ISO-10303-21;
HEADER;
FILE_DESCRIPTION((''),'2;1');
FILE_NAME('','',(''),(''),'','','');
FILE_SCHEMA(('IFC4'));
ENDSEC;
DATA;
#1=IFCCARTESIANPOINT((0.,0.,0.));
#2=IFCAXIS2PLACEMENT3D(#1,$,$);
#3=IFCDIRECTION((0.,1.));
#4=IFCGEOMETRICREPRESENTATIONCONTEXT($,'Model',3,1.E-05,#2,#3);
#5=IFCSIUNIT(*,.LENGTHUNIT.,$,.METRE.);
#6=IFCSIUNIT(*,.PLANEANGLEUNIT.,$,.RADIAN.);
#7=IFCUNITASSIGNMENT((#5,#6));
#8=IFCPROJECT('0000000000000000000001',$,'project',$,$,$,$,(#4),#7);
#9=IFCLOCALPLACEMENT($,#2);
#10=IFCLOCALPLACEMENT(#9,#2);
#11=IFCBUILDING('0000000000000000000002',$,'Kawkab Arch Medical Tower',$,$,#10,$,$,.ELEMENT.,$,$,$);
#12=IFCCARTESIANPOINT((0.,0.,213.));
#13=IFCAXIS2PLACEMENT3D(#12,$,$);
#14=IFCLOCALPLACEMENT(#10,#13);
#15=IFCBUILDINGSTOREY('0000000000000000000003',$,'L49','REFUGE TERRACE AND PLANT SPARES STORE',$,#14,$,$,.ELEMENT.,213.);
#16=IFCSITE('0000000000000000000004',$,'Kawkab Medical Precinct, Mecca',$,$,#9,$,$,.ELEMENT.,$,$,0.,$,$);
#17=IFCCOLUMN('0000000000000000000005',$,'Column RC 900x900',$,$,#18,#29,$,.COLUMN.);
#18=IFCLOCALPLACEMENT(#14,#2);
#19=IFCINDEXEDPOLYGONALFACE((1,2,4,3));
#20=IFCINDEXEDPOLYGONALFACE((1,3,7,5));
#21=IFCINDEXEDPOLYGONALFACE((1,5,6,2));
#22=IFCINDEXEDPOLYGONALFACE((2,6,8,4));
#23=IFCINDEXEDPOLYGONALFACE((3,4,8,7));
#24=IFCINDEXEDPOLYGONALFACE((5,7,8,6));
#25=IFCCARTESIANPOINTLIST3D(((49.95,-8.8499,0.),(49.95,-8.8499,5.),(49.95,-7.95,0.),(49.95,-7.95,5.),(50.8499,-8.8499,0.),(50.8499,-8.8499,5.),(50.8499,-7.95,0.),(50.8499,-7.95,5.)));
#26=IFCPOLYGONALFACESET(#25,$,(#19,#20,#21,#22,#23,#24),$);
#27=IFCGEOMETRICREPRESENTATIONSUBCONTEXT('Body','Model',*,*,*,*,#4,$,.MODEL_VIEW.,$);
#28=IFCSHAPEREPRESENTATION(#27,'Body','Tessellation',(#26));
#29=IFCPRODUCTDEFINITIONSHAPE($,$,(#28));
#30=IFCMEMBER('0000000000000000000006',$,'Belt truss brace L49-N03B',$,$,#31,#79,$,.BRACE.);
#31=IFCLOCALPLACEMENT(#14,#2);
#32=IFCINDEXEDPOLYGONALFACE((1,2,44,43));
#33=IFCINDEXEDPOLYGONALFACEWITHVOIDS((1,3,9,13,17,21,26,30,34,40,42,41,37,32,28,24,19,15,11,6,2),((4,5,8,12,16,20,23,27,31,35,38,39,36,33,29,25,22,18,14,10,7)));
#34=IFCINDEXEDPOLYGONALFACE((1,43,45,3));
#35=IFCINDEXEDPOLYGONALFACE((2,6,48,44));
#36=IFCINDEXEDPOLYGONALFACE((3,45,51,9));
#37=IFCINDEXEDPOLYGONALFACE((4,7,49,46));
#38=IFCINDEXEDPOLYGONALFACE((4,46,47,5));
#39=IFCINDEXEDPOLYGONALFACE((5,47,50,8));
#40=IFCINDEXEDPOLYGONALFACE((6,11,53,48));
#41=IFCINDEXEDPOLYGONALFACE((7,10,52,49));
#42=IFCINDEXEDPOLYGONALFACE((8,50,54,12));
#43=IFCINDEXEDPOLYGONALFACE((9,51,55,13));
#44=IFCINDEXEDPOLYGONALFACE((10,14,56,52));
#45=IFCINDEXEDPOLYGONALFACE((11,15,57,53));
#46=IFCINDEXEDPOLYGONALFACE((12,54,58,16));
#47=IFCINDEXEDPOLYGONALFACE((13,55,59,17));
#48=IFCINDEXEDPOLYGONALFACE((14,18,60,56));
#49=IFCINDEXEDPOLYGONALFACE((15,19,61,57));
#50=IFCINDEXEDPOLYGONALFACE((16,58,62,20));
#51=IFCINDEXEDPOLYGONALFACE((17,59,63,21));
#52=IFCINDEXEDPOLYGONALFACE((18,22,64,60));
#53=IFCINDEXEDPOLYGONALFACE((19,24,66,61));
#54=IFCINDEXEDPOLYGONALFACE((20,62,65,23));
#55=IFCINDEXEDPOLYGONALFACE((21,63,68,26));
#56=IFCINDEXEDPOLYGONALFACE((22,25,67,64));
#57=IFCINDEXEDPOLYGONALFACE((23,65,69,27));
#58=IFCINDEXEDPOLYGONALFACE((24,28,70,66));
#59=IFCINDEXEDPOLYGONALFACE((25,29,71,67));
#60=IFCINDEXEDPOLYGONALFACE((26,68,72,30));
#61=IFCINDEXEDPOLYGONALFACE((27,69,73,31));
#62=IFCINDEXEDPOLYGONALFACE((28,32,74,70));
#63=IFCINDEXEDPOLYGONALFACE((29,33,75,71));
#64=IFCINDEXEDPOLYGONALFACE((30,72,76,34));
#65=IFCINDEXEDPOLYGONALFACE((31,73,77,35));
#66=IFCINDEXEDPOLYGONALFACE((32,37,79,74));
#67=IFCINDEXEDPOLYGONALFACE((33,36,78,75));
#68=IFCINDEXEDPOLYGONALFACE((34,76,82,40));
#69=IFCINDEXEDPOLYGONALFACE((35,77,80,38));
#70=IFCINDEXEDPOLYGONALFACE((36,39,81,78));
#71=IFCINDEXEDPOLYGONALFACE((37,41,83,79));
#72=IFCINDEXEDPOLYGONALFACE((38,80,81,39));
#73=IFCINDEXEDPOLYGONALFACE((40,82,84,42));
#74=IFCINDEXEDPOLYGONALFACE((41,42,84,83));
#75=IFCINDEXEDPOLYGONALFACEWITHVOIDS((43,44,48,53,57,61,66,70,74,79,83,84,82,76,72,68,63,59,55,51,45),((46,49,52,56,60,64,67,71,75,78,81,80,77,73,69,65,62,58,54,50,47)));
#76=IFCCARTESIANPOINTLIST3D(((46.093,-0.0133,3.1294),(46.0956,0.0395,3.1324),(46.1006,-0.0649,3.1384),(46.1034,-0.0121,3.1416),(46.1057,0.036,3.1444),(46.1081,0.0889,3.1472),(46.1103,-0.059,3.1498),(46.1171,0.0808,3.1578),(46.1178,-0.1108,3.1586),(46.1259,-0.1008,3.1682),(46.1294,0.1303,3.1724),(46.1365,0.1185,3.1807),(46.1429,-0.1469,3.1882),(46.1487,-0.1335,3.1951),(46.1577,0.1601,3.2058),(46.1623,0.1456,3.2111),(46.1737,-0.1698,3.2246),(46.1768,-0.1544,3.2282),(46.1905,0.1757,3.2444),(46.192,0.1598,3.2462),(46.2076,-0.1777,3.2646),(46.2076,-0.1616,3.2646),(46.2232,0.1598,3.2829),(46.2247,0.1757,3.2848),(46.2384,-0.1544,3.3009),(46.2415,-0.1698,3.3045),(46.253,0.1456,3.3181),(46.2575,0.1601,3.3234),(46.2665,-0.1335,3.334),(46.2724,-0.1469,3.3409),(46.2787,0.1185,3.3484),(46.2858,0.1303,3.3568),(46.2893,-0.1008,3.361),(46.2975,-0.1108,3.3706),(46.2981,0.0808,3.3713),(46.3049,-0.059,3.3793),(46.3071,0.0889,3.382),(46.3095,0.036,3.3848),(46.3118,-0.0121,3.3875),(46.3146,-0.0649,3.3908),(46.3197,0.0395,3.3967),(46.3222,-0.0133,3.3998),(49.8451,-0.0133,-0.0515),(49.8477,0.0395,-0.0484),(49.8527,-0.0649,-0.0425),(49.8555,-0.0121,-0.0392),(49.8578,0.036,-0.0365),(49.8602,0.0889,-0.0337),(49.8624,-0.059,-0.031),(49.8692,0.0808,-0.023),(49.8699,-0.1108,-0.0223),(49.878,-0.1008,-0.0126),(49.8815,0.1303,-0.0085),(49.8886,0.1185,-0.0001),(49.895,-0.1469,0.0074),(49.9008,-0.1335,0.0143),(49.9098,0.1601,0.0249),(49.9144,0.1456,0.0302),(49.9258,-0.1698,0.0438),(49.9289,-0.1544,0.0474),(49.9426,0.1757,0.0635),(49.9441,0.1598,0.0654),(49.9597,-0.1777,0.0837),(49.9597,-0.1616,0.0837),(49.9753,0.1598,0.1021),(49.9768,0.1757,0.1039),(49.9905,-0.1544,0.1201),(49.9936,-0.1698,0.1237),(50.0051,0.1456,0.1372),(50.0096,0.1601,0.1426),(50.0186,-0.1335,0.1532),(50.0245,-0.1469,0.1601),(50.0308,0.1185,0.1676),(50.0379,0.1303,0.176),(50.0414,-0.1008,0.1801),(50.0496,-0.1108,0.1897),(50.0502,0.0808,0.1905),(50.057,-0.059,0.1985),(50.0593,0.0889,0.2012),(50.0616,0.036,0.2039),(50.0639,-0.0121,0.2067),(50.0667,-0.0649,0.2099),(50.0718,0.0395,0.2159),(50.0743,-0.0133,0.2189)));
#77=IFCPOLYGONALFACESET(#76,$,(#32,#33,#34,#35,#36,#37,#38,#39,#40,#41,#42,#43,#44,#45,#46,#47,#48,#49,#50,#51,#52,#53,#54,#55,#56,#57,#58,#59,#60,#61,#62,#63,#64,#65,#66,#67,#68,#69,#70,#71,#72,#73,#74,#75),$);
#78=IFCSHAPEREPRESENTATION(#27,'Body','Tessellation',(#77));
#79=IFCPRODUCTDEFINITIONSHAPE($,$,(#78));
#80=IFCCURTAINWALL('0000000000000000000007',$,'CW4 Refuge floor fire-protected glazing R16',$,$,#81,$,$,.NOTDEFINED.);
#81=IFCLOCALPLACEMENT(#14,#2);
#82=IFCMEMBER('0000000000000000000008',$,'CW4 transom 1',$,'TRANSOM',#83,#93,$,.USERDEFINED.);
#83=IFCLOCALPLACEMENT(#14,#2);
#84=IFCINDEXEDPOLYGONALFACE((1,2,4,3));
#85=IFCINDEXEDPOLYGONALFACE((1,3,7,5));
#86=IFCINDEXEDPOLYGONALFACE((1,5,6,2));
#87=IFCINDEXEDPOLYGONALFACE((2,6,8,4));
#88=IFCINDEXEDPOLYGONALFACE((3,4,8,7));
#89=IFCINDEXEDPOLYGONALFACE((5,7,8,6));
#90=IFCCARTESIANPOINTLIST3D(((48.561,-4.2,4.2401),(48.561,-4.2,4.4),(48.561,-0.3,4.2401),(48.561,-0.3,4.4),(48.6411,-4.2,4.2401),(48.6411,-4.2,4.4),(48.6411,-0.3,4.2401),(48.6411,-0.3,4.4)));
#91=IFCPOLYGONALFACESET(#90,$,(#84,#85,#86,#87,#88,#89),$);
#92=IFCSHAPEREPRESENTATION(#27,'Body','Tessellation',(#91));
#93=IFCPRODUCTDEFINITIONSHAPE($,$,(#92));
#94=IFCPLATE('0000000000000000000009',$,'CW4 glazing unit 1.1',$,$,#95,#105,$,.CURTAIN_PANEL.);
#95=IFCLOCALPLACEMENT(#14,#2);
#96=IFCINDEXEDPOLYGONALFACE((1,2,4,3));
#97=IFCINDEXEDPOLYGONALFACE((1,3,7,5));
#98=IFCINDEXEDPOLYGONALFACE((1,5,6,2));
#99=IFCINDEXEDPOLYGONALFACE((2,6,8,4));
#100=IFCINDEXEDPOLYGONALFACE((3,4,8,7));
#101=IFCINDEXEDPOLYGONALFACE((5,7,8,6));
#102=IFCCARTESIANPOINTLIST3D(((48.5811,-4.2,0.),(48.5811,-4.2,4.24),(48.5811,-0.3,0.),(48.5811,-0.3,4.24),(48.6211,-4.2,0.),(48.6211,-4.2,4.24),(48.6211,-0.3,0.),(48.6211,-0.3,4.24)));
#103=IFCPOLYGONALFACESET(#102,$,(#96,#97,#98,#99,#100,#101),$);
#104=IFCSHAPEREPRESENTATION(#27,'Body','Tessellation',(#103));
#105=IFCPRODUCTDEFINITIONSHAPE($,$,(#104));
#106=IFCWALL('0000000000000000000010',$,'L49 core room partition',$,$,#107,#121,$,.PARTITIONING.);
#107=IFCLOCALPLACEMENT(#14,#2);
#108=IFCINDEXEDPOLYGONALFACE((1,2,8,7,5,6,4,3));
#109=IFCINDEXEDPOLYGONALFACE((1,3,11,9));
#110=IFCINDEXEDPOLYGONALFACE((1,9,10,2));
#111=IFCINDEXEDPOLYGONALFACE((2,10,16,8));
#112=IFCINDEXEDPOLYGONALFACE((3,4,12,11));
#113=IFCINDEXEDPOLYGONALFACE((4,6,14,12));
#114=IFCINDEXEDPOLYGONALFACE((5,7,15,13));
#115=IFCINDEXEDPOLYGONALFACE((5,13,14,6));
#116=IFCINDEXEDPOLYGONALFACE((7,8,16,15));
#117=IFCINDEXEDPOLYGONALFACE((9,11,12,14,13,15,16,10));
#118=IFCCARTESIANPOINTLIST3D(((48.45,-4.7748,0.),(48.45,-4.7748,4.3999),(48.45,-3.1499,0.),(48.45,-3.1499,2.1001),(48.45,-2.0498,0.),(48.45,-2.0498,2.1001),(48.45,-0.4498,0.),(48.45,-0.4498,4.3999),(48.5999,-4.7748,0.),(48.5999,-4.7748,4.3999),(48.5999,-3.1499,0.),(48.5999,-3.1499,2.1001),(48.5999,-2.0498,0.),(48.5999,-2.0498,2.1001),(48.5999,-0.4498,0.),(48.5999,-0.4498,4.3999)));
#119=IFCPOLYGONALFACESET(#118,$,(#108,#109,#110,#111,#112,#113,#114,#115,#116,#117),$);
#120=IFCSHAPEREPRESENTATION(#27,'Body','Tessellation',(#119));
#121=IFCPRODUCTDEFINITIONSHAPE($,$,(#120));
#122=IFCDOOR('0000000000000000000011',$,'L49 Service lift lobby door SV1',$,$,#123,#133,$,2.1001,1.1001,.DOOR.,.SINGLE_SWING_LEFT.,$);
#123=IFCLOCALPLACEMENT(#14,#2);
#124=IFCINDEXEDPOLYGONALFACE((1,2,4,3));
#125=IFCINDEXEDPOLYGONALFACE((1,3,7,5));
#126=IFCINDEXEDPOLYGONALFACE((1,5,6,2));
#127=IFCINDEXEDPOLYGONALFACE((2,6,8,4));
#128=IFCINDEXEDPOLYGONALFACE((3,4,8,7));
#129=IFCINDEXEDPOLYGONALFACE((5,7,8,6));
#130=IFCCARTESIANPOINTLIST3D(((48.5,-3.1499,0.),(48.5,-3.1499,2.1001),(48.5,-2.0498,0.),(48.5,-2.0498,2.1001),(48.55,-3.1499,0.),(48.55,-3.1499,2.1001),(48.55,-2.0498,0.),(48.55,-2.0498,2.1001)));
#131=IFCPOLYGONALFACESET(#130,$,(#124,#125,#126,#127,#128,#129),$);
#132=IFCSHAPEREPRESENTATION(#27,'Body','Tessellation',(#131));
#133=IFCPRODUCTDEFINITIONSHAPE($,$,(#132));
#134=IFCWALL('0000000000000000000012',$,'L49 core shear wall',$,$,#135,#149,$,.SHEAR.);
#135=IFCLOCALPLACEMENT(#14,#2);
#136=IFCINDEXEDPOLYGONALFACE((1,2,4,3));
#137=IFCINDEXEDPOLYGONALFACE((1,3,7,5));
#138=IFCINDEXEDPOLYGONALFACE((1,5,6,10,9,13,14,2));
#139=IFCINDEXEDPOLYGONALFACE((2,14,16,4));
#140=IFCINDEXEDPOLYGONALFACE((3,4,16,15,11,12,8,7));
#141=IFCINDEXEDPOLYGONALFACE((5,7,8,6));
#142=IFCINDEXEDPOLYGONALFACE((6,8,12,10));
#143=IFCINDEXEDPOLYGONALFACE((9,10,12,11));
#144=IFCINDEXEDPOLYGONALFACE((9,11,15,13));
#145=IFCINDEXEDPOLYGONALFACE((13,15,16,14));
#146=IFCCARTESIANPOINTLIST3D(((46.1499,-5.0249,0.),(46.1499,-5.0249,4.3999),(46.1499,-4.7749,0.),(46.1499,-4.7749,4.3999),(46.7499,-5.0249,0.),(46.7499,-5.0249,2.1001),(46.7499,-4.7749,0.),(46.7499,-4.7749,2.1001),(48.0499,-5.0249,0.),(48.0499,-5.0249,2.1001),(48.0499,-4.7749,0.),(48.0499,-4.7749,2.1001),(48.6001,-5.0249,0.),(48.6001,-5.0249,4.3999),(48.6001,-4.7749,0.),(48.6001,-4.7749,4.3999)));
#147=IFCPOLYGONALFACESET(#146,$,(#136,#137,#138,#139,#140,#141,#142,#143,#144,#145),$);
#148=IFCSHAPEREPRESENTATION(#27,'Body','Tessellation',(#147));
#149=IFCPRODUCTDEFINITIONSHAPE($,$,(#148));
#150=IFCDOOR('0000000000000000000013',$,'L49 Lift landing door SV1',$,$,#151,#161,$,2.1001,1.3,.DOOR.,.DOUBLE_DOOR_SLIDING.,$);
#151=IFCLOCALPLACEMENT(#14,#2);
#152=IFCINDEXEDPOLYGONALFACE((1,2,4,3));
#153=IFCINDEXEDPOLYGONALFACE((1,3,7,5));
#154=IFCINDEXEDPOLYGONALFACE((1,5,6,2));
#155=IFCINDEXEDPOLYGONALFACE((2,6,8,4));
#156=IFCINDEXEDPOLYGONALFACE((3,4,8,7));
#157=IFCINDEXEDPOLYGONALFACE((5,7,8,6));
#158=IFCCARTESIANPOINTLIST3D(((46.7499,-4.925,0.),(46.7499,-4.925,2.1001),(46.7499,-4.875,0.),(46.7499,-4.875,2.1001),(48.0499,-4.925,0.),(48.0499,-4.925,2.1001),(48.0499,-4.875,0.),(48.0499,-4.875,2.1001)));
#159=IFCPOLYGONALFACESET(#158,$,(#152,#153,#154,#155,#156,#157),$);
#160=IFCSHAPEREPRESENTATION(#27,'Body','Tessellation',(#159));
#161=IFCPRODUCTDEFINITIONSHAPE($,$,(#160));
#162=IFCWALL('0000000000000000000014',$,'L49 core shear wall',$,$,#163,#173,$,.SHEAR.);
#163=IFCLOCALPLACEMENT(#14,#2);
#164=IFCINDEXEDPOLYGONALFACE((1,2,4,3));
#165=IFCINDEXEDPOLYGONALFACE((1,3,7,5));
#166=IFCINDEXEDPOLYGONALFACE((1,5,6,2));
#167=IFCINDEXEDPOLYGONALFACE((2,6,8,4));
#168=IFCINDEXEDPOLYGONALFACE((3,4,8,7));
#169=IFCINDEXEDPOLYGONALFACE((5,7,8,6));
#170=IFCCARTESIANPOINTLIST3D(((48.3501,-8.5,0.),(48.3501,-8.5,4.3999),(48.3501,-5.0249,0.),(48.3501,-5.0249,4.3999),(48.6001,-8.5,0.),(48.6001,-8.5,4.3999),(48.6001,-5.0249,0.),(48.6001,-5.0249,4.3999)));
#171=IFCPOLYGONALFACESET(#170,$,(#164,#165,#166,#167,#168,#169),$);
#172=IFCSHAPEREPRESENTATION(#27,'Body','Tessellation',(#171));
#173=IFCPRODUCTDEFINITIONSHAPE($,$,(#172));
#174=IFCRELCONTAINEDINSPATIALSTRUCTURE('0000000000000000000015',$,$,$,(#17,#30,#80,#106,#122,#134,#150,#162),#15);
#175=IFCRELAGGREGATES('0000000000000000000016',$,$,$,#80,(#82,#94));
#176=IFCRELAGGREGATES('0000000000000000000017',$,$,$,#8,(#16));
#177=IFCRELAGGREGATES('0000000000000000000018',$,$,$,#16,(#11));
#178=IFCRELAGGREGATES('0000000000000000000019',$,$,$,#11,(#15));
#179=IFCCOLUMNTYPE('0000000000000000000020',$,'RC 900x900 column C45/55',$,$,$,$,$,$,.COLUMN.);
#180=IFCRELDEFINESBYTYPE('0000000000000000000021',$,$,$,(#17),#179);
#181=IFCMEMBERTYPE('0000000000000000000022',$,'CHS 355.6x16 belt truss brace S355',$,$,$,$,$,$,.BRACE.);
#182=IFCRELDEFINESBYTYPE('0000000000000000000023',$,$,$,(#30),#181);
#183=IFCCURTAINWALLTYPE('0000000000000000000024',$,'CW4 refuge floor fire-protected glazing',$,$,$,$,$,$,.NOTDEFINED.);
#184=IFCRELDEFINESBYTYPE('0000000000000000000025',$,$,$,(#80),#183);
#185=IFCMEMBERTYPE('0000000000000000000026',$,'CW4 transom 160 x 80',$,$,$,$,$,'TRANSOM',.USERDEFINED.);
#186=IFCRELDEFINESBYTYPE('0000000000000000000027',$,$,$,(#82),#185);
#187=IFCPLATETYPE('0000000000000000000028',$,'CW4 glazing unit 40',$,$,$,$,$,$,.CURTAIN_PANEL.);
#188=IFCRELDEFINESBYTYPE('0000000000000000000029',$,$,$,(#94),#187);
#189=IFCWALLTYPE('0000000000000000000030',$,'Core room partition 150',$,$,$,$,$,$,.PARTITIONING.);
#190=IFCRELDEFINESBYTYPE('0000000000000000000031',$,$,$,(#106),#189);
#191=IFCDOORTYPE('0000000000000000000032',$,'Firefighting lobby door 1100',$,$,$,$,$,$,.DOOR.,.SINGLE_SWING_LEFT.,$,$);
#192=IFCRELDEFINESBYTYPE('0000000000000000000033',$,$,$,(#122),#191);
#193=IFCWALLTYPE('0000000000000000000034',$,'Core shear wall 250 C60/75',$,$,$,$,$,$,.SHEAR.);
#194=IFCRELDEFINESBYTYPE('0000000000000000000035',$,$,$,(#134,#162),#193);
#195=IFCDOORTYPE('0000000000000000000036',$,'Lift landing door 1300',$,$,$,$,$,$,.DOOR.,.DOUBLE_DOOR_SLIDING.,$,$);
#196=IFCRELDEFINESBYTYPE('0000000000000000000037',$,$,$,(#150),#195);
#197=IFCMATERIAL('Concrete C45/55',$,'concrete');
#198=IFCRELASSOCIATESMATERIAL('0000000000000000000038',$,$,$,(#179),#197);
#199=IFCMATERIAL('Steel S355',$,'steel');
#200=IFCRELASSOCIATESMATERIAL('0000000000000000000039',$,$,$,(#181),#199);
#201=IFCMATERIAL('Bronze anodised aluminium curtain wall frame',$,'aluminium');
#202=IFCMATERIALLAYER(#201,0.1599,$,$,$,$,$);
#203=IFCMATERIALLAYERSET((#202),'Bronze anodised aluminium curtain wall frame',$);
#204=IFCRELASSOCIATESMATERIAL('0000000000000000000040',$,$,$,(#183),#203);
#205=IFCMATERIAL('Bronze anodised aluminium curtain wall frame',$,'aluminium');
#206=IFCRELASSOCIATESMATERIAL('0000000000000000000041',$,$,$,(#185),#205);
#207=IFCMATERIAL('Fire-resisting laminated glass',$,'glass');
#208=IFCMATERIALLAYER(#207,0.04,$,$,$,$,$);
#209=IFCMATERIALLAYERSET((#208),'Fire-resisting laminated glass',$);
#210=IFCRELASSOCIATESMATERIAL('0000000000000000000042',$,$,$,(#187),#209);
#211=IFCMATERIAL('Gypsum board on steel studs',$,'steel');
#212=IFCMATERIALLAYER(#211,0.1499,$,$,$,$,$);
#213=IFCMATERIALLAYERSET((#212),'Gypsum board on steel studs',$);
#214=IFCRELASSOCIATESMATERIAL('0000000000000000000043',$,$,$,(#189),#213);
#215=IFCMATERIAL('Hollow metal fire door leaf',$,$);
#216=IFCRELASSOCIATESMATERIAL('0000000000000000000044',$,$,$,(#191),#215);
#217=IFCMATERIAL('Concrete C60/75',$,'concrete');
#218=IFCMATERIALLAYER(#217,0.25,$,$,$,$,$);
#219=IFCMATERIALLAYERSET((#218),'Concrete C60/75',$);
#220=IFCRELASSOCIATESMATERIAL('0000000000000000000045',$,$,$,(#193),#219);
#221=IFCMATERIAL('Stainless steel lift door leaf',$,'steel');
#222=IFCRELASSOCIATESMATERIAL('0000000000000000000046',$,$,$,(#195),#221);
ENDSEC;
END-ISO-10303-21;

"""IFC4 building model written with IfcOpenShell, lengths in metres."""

from ifc_helpers import new_model, si_unit, direction, frame, frame_2d, origin, origin_2d, place, context, subcontext, project, spatial, rectangle, hollow_circle, extrude, material, layer, layer_set, material_profile, profile_set, type_object, element, fill, aggregate, save


model = new_model("IFC4")

# Units and contexts
model_context = context("Model", 3, precision=1e-05, world=origin(), true_north=direction((0.0, 1.0)))
body_context = subcontext(model_context, "Body", "Model", "MODEL_VIEW")
ifc_project = project(units=[si_unit("LENGTHUNIT", "METRE"), si_unit("PLANEANGLEUNIT", "RADIAN")], contexts=[model_context])

# Site, building, storey
site_placement = place(None, origin())
site = spatial("IfcSite", under=ifc_project, at=site_placement, Name="Kawkab Medical Precinct, Mecca", CompositionType="ELEMENT", RefElevation=0.0)
building_placement = place(site_placement, origin())
building = spatial("IfcBuilding", under=site, at=building_placement, Name="Kawkab Arch Medical Tower", CompositionType="ELEMENT")
storey_placement = place(building_placement, frame((0.0, 0.0, 213.0)))
storey = spatial("IfcBuildingStorey", under=building, at=storey_placement, Name="L49", Description="REFUGE TERRACE AND PLANT SPARES STORE", CompositionType="ELEMENT", Elevation=213.0)

# Column
ifc_material_1 = material(Name="Concrete C45/55", Category="concrete")
ifc_material_profile_1 = material_profile(ifc_material_1, rectangle(XDim=0.8999, YDim=0.8999, at=origin_2d()), Name="RC 900x900")
ifc_profile_set_1 = profile_set([ifc_material_profile_1], Name="Concrete C45/55")
column_type = type_object("IfcColumnType", Name="RC 900x900 column C45/55", PredefinedType="COLUMN", material=ifc_profile_set_1)
column_placement = place(storey_placement, frame((50.3999, -8.3999, 0.0), z_axis=(0.0, 0.0, 1.0), x_axis=(1.0, 0.0, 0.0)))
element("IfcColumn", 1, at=column_placement, inside=storey, type_object=column_type, Name="Column RC 900x900", PredefinedType="COLUMN", context=body_context, shape_type="SweptSolid", body=[
    extrude(rectangle(XDim=0.8999, YDim=0.8999, at=origin_2d()), origin(), (0.0, 0.0, 1.0), 5.0),
])

# Member
ifc_material_2 = material(Name="Steel S355", Category="steel")
ifc_material_profile_2 = material_profile(ifc_material_2, hollow_circle(Radius=0.1777, WallThickness=0.0161, at=origin_2d()), Name="CHS 355.6x16")
ifc_profile_set_2 = profile_set([ifc_material_profile_2], Name="Steel S355")
member_type_1 = type_object("IfcMemberType", Name="CHS 355.6x16 belt truss brace S355", PredefinedType="BRACE", material=ifc_profile_set_2)
member_1_placement = place(storey_placement, frame((49.9597, 0.0, 0.0837), z_axis=(-0.762787, 0.0, 0.646649), x_axis=(0.0, -1.0, 0.0)))
element("IfcMember", 2, at=member_1_placement, inside=storey, type_object=member_type_1, Name="Belt truss brace L49-N03B", PredefinedType="BRACE", context=body_context, shape_type="SweptSolid", body=[
    extrude(hollow_circle(Radius=0.1777, WallThickness=0.0161, at=origin_2d()), origin(), (0.0, 0.0, 1.0), 4.9189),
])

# Curtain wall, member, plate
ifc_material_3 = material(Name="Bronze anodised aluminium curtain wall frame", Category="aluminium")
ifc_layer_1 = layer(ifc_material_3, 0.1599)
ifc_layer_set_1 = layer_set([ifc_layer_1], Name="Bronze anodised aluminium curtain wall frame")
curtain_wall_type = type_object("IfcCurtainWallType", Name="CW4 refuge floor fire-protected glazing", PredefinedType="NOTDEFINED", material=ifc_layer_set_1)
placement = place(storey_placement, origin())
curtain_wall = element("IfcCurtainWall", 3, at=placement, inside=storey, type_object=curtain_wall_type, Name="CW4 Refuge floor fire-protected glazing R16", PredefinedType="NOTDEFINED")
ifc_material_4 = material(Name="Bronze anodised aluminium curtain wall frame", Category="aluminium")
ifc_material_profile_3 = material_profile(ifc_material_4, rectangle(XDim=0.0801, YDim=0.1599, at=origin_2d()), Name="AL 80x160")
ifc_profile_set_3 = profile_set([ifc_material_profile_3], Name="Bronze anodised aluminium curtain wall frame")
member_type_2 = type_object("IfcMemberType", Name="CW4 transom 160 x 80", ElementType="TRANSOM", PredefinedType="USERDEFINED", material=ifc_profile_set_3)
member_2_placement = place(storey_placement, frame((48.6011, -4.2, 4.3201), z_axis=(0.0, 1.0, 0.0), x_axis=(-1.0, 0.0, 0.0)))
member_2 = element("IfcMember", 4, at=member_2_placement, type_object=member_type_2, Name="CW4 transom 1", ObjectType="TRANSOM", PredefinedType="USERDEFINED", context=body_context, shape_type="SweptSolid", body=[
    extrude(rectangle(XDim=0.0801, YDim=0.1599, at=origin_2d()), origin(), (0.0, 0.0, 1.0), 3.8999),
])
ifc_material_5 = material(Name="Fire-resisting laminated glass", Category="glass")
ifc_layer_2 = layer(ifc_material_5, 0.04)
ifc_layer_set_2 = layer_set([ifc_layer_2], Name="Fire-resisting laminated glass")
plate_type = type_object("IfcPlateType", Name="CW4 glazing unit 40", PredefinedType="CURTAIN_PANEL", material=ifc_layer_set_2)
plate_placement = place(storey_placement, frame((48.6011, -2.25, 0.0), z_axis=(0.0, 0.0, 1.0), x_axis=(0.0, 1.0, 0.0)))
plate = element("IfcPlate", 5, at=plate_placement, type_object=plate_type, Name="CW4 glazing unit 1.1", PredefinedType="CURTAIN_PANEL", context=body_context, shape_type="SweptSolid", body=[
    extrude(rectangle(XDim=3.8999, YDim=0.04, at=origin_2d()), origin(), (0.0, 0.0, 1.0), 4.24),
])
aggregate(curtain_wall, [member_2, plate])

# Walls, openings, doors
ifc_material_6 = material(Name="Gypsum board on steel studs", Category="steel")
ifc_layer_3 = layer(ifc_material_6, 0.1499)
ifc_layer_set_3 = layer_set([ifc_layer_3], Name="Gypsum board on steel studs")
wall_type_1 = type_object("IfcWallType", Name="Core room partition 150", PredefinedType="PARTITIONING", material=ifc_layer_set_3)
wall_1_placement = place(storey_placement, frame((48.5249, -4.7749, 0.0), z_axis=(0.0, 0.0, 1.0), x_axis=(0.0, 1.0, 0.0)))
wall_1 = element("IfcWall", 6, at=wall_1_placement, inside=storey, type_object=wall_type_1, Name="L49 core room partition", PredefinedType="PARTITIONING", context=body_context, shape_type="SweptSolid", body=[
    extrude(rectangle(XDim=4.325, YDim=0.1499, at=frame_2d((2.1626, 0.0))), origin(), (0.0, 0.0, 1.0), 4.3999),
])
opening_1_placement = place(wall_1_placement, frame((1.625, 0.0, 0.0)))
opening_1 = element("IfcOpeningElement", 7, at=opening_1_placement, cuts=wall_1, PredefinedType="OPENING", context=body_context, shape_type="SweptSolid", body=[
    extrude(rectangle(XDim=1.1001, YDim=2.1001, at=frame_2d((0.55, 1.05))), frame((0.0, 0.085, 0.0), z_axis=(0.0, -1.0, 0.0), x_axis=(1.0, 0.0, 0.0)), (0.0, 0.0, 1.0), 0.1699),
])
ifc_material_7 = material(Name="Hollow metal fire door leaf")
door_type_1 = type_object("IfcDoorType", Name="Firefighting lobby door 1100", OperationType="SINGLE_SWING_LEFT", PredefinedType="DOOR", material=ifc_material_7)
door_1_placement = place(opening_1_placement, origin())
door_1 = element("IfcDoor", 8, at=door_1_placement, inside=storey, type_object=door_type_1, Name="L49 Service lift lobby door SV1", OperationType="SINGLE_SWING_LEFT", OverallHeight=2.1001, OverallWidth=1.1001, PredefinedType="DOOR", context=body_context, shape_type="SweptSolid", body=[
    extrude(rectangle(XDim=1.1001, YDim=2.1001, at=frame_2d((0.55, 1.05))), frame((0.0, 0.0249, 0.0), z_axis=(0.0, -1.0, 0.0), x_axis=(1.0, 0.0, 0.0)), (0.0, 0.0, 1.0), 0.05),
])
fill(opening_1, door_1)
ifc_material_8 = material(Name="Concrete C60/75", Category="concrete")
ifc_layer_4 = layer(ifc_material_8, 0.25)
ifc_layer_set_4 = layer_set([ifc_layer_4], Name="Concrete C60/75")
wall_type_2 = type_object("IfcWallType", Name="Core shear wall 250 C60/75", PredefinedType="SHEAR", material=ifc_layer_set_4)
wall_2_placement = place(storey_placement, frame((46.1499, -4.8999, 0.0), z_axis=(0.0, 0.0, 1.0), x_axis=(1.0, 0.0, 0.0)))
wall_2 = element("IfcWall", 9, at=wall_2_placement, inside=storey, type_object=wall_type_2, Name="L49 core shear wall", PredefinedType="SHEAR", context=body_context, shape_type="SweptSolid", body=[
    extrude(rectangle(XDim=2.4502, YDim=0.25, at=frame_2d((1.2251, 0.0))), origin(), (0.0, 0.0, 1.0), 4.3999),
])
opening_2_placement = place(wall_2_placement, frame((0.6001, 0.0, 0.0)))
opening_2 = element("IfcOpeningElement", 10, at=opening_2_placement, cuts=wall_2, PredefinedType="OPENING", context=body_context, shape_type="SweptSolid", body=[
    extrude(rectangle(XDim=1.3, YDim=2.1001, at=frame_2d((0.6499, 1.05))), frame((0.0, 0.135, 0.0), z_axis=(0.0, -1.0, 0.0), x_axis=(1.0, 0.0, 0.0)), (0.0, 0.0, 1.0), 0.27),
])
ifc_material_9 = material(Name="Stainless steel lift door leaf", Category="steel")
door_type_2 = type_object("IfcDoorType", Name="Lift landing door 1300", OperationType="DOUBLE_DOOR_SLIDING", PredefinedType="DOOR", material=ifc_material_9)
door_2_placement = place(opening_2_placement, origin())
door_2 = element("IfcDoor", 11, at=door_2_placement, inside=storey, type_object=door_type_2, Name="L49 Lift landing door SV1", OperationType="DOUBLE_DOOR_SLIDING", OverallHeight=2.1001, OverallWidth=1.3, PredefinedType="DOOR", context=body_context, shape_type="SweptSolid", body=[
    extrude(rectangle(XDim=1.3, YDim=2.1001, at=frame_2d((0.6499, 1.05))), frame((0.0, 0.0249, 0.0), z_axis=(0.0, -1.0, 0.0), x_axis=(1.0, 0.0, 0.0)), (0.0, 0.0, 1.0), 0.05),
])
fill(opening_2, door_2)

# Wall
wall_3_placement = place(storey_placement, frame((48.4751, -8.5, 0.0), z_axis=(0.0, 0.0, 1.0), x_axis=(0.0, 1.0, 0.0)))
element("IfcWall", 12, at=wall_3_placement, inside=storey, type_object=wall_type_2, Name="L49 core shear wall", PredefinedType="SHEAR", context=body_context, shape_type="SweptSolid", body=[
    extrude(rectangle(XDim=3.4751, YDim=0.25, at=frame_2d((1.7375, 0.0))), origin(), (0.0, 0.0, 1.0), 4.3999),
])

save(model, "model.ifc")
